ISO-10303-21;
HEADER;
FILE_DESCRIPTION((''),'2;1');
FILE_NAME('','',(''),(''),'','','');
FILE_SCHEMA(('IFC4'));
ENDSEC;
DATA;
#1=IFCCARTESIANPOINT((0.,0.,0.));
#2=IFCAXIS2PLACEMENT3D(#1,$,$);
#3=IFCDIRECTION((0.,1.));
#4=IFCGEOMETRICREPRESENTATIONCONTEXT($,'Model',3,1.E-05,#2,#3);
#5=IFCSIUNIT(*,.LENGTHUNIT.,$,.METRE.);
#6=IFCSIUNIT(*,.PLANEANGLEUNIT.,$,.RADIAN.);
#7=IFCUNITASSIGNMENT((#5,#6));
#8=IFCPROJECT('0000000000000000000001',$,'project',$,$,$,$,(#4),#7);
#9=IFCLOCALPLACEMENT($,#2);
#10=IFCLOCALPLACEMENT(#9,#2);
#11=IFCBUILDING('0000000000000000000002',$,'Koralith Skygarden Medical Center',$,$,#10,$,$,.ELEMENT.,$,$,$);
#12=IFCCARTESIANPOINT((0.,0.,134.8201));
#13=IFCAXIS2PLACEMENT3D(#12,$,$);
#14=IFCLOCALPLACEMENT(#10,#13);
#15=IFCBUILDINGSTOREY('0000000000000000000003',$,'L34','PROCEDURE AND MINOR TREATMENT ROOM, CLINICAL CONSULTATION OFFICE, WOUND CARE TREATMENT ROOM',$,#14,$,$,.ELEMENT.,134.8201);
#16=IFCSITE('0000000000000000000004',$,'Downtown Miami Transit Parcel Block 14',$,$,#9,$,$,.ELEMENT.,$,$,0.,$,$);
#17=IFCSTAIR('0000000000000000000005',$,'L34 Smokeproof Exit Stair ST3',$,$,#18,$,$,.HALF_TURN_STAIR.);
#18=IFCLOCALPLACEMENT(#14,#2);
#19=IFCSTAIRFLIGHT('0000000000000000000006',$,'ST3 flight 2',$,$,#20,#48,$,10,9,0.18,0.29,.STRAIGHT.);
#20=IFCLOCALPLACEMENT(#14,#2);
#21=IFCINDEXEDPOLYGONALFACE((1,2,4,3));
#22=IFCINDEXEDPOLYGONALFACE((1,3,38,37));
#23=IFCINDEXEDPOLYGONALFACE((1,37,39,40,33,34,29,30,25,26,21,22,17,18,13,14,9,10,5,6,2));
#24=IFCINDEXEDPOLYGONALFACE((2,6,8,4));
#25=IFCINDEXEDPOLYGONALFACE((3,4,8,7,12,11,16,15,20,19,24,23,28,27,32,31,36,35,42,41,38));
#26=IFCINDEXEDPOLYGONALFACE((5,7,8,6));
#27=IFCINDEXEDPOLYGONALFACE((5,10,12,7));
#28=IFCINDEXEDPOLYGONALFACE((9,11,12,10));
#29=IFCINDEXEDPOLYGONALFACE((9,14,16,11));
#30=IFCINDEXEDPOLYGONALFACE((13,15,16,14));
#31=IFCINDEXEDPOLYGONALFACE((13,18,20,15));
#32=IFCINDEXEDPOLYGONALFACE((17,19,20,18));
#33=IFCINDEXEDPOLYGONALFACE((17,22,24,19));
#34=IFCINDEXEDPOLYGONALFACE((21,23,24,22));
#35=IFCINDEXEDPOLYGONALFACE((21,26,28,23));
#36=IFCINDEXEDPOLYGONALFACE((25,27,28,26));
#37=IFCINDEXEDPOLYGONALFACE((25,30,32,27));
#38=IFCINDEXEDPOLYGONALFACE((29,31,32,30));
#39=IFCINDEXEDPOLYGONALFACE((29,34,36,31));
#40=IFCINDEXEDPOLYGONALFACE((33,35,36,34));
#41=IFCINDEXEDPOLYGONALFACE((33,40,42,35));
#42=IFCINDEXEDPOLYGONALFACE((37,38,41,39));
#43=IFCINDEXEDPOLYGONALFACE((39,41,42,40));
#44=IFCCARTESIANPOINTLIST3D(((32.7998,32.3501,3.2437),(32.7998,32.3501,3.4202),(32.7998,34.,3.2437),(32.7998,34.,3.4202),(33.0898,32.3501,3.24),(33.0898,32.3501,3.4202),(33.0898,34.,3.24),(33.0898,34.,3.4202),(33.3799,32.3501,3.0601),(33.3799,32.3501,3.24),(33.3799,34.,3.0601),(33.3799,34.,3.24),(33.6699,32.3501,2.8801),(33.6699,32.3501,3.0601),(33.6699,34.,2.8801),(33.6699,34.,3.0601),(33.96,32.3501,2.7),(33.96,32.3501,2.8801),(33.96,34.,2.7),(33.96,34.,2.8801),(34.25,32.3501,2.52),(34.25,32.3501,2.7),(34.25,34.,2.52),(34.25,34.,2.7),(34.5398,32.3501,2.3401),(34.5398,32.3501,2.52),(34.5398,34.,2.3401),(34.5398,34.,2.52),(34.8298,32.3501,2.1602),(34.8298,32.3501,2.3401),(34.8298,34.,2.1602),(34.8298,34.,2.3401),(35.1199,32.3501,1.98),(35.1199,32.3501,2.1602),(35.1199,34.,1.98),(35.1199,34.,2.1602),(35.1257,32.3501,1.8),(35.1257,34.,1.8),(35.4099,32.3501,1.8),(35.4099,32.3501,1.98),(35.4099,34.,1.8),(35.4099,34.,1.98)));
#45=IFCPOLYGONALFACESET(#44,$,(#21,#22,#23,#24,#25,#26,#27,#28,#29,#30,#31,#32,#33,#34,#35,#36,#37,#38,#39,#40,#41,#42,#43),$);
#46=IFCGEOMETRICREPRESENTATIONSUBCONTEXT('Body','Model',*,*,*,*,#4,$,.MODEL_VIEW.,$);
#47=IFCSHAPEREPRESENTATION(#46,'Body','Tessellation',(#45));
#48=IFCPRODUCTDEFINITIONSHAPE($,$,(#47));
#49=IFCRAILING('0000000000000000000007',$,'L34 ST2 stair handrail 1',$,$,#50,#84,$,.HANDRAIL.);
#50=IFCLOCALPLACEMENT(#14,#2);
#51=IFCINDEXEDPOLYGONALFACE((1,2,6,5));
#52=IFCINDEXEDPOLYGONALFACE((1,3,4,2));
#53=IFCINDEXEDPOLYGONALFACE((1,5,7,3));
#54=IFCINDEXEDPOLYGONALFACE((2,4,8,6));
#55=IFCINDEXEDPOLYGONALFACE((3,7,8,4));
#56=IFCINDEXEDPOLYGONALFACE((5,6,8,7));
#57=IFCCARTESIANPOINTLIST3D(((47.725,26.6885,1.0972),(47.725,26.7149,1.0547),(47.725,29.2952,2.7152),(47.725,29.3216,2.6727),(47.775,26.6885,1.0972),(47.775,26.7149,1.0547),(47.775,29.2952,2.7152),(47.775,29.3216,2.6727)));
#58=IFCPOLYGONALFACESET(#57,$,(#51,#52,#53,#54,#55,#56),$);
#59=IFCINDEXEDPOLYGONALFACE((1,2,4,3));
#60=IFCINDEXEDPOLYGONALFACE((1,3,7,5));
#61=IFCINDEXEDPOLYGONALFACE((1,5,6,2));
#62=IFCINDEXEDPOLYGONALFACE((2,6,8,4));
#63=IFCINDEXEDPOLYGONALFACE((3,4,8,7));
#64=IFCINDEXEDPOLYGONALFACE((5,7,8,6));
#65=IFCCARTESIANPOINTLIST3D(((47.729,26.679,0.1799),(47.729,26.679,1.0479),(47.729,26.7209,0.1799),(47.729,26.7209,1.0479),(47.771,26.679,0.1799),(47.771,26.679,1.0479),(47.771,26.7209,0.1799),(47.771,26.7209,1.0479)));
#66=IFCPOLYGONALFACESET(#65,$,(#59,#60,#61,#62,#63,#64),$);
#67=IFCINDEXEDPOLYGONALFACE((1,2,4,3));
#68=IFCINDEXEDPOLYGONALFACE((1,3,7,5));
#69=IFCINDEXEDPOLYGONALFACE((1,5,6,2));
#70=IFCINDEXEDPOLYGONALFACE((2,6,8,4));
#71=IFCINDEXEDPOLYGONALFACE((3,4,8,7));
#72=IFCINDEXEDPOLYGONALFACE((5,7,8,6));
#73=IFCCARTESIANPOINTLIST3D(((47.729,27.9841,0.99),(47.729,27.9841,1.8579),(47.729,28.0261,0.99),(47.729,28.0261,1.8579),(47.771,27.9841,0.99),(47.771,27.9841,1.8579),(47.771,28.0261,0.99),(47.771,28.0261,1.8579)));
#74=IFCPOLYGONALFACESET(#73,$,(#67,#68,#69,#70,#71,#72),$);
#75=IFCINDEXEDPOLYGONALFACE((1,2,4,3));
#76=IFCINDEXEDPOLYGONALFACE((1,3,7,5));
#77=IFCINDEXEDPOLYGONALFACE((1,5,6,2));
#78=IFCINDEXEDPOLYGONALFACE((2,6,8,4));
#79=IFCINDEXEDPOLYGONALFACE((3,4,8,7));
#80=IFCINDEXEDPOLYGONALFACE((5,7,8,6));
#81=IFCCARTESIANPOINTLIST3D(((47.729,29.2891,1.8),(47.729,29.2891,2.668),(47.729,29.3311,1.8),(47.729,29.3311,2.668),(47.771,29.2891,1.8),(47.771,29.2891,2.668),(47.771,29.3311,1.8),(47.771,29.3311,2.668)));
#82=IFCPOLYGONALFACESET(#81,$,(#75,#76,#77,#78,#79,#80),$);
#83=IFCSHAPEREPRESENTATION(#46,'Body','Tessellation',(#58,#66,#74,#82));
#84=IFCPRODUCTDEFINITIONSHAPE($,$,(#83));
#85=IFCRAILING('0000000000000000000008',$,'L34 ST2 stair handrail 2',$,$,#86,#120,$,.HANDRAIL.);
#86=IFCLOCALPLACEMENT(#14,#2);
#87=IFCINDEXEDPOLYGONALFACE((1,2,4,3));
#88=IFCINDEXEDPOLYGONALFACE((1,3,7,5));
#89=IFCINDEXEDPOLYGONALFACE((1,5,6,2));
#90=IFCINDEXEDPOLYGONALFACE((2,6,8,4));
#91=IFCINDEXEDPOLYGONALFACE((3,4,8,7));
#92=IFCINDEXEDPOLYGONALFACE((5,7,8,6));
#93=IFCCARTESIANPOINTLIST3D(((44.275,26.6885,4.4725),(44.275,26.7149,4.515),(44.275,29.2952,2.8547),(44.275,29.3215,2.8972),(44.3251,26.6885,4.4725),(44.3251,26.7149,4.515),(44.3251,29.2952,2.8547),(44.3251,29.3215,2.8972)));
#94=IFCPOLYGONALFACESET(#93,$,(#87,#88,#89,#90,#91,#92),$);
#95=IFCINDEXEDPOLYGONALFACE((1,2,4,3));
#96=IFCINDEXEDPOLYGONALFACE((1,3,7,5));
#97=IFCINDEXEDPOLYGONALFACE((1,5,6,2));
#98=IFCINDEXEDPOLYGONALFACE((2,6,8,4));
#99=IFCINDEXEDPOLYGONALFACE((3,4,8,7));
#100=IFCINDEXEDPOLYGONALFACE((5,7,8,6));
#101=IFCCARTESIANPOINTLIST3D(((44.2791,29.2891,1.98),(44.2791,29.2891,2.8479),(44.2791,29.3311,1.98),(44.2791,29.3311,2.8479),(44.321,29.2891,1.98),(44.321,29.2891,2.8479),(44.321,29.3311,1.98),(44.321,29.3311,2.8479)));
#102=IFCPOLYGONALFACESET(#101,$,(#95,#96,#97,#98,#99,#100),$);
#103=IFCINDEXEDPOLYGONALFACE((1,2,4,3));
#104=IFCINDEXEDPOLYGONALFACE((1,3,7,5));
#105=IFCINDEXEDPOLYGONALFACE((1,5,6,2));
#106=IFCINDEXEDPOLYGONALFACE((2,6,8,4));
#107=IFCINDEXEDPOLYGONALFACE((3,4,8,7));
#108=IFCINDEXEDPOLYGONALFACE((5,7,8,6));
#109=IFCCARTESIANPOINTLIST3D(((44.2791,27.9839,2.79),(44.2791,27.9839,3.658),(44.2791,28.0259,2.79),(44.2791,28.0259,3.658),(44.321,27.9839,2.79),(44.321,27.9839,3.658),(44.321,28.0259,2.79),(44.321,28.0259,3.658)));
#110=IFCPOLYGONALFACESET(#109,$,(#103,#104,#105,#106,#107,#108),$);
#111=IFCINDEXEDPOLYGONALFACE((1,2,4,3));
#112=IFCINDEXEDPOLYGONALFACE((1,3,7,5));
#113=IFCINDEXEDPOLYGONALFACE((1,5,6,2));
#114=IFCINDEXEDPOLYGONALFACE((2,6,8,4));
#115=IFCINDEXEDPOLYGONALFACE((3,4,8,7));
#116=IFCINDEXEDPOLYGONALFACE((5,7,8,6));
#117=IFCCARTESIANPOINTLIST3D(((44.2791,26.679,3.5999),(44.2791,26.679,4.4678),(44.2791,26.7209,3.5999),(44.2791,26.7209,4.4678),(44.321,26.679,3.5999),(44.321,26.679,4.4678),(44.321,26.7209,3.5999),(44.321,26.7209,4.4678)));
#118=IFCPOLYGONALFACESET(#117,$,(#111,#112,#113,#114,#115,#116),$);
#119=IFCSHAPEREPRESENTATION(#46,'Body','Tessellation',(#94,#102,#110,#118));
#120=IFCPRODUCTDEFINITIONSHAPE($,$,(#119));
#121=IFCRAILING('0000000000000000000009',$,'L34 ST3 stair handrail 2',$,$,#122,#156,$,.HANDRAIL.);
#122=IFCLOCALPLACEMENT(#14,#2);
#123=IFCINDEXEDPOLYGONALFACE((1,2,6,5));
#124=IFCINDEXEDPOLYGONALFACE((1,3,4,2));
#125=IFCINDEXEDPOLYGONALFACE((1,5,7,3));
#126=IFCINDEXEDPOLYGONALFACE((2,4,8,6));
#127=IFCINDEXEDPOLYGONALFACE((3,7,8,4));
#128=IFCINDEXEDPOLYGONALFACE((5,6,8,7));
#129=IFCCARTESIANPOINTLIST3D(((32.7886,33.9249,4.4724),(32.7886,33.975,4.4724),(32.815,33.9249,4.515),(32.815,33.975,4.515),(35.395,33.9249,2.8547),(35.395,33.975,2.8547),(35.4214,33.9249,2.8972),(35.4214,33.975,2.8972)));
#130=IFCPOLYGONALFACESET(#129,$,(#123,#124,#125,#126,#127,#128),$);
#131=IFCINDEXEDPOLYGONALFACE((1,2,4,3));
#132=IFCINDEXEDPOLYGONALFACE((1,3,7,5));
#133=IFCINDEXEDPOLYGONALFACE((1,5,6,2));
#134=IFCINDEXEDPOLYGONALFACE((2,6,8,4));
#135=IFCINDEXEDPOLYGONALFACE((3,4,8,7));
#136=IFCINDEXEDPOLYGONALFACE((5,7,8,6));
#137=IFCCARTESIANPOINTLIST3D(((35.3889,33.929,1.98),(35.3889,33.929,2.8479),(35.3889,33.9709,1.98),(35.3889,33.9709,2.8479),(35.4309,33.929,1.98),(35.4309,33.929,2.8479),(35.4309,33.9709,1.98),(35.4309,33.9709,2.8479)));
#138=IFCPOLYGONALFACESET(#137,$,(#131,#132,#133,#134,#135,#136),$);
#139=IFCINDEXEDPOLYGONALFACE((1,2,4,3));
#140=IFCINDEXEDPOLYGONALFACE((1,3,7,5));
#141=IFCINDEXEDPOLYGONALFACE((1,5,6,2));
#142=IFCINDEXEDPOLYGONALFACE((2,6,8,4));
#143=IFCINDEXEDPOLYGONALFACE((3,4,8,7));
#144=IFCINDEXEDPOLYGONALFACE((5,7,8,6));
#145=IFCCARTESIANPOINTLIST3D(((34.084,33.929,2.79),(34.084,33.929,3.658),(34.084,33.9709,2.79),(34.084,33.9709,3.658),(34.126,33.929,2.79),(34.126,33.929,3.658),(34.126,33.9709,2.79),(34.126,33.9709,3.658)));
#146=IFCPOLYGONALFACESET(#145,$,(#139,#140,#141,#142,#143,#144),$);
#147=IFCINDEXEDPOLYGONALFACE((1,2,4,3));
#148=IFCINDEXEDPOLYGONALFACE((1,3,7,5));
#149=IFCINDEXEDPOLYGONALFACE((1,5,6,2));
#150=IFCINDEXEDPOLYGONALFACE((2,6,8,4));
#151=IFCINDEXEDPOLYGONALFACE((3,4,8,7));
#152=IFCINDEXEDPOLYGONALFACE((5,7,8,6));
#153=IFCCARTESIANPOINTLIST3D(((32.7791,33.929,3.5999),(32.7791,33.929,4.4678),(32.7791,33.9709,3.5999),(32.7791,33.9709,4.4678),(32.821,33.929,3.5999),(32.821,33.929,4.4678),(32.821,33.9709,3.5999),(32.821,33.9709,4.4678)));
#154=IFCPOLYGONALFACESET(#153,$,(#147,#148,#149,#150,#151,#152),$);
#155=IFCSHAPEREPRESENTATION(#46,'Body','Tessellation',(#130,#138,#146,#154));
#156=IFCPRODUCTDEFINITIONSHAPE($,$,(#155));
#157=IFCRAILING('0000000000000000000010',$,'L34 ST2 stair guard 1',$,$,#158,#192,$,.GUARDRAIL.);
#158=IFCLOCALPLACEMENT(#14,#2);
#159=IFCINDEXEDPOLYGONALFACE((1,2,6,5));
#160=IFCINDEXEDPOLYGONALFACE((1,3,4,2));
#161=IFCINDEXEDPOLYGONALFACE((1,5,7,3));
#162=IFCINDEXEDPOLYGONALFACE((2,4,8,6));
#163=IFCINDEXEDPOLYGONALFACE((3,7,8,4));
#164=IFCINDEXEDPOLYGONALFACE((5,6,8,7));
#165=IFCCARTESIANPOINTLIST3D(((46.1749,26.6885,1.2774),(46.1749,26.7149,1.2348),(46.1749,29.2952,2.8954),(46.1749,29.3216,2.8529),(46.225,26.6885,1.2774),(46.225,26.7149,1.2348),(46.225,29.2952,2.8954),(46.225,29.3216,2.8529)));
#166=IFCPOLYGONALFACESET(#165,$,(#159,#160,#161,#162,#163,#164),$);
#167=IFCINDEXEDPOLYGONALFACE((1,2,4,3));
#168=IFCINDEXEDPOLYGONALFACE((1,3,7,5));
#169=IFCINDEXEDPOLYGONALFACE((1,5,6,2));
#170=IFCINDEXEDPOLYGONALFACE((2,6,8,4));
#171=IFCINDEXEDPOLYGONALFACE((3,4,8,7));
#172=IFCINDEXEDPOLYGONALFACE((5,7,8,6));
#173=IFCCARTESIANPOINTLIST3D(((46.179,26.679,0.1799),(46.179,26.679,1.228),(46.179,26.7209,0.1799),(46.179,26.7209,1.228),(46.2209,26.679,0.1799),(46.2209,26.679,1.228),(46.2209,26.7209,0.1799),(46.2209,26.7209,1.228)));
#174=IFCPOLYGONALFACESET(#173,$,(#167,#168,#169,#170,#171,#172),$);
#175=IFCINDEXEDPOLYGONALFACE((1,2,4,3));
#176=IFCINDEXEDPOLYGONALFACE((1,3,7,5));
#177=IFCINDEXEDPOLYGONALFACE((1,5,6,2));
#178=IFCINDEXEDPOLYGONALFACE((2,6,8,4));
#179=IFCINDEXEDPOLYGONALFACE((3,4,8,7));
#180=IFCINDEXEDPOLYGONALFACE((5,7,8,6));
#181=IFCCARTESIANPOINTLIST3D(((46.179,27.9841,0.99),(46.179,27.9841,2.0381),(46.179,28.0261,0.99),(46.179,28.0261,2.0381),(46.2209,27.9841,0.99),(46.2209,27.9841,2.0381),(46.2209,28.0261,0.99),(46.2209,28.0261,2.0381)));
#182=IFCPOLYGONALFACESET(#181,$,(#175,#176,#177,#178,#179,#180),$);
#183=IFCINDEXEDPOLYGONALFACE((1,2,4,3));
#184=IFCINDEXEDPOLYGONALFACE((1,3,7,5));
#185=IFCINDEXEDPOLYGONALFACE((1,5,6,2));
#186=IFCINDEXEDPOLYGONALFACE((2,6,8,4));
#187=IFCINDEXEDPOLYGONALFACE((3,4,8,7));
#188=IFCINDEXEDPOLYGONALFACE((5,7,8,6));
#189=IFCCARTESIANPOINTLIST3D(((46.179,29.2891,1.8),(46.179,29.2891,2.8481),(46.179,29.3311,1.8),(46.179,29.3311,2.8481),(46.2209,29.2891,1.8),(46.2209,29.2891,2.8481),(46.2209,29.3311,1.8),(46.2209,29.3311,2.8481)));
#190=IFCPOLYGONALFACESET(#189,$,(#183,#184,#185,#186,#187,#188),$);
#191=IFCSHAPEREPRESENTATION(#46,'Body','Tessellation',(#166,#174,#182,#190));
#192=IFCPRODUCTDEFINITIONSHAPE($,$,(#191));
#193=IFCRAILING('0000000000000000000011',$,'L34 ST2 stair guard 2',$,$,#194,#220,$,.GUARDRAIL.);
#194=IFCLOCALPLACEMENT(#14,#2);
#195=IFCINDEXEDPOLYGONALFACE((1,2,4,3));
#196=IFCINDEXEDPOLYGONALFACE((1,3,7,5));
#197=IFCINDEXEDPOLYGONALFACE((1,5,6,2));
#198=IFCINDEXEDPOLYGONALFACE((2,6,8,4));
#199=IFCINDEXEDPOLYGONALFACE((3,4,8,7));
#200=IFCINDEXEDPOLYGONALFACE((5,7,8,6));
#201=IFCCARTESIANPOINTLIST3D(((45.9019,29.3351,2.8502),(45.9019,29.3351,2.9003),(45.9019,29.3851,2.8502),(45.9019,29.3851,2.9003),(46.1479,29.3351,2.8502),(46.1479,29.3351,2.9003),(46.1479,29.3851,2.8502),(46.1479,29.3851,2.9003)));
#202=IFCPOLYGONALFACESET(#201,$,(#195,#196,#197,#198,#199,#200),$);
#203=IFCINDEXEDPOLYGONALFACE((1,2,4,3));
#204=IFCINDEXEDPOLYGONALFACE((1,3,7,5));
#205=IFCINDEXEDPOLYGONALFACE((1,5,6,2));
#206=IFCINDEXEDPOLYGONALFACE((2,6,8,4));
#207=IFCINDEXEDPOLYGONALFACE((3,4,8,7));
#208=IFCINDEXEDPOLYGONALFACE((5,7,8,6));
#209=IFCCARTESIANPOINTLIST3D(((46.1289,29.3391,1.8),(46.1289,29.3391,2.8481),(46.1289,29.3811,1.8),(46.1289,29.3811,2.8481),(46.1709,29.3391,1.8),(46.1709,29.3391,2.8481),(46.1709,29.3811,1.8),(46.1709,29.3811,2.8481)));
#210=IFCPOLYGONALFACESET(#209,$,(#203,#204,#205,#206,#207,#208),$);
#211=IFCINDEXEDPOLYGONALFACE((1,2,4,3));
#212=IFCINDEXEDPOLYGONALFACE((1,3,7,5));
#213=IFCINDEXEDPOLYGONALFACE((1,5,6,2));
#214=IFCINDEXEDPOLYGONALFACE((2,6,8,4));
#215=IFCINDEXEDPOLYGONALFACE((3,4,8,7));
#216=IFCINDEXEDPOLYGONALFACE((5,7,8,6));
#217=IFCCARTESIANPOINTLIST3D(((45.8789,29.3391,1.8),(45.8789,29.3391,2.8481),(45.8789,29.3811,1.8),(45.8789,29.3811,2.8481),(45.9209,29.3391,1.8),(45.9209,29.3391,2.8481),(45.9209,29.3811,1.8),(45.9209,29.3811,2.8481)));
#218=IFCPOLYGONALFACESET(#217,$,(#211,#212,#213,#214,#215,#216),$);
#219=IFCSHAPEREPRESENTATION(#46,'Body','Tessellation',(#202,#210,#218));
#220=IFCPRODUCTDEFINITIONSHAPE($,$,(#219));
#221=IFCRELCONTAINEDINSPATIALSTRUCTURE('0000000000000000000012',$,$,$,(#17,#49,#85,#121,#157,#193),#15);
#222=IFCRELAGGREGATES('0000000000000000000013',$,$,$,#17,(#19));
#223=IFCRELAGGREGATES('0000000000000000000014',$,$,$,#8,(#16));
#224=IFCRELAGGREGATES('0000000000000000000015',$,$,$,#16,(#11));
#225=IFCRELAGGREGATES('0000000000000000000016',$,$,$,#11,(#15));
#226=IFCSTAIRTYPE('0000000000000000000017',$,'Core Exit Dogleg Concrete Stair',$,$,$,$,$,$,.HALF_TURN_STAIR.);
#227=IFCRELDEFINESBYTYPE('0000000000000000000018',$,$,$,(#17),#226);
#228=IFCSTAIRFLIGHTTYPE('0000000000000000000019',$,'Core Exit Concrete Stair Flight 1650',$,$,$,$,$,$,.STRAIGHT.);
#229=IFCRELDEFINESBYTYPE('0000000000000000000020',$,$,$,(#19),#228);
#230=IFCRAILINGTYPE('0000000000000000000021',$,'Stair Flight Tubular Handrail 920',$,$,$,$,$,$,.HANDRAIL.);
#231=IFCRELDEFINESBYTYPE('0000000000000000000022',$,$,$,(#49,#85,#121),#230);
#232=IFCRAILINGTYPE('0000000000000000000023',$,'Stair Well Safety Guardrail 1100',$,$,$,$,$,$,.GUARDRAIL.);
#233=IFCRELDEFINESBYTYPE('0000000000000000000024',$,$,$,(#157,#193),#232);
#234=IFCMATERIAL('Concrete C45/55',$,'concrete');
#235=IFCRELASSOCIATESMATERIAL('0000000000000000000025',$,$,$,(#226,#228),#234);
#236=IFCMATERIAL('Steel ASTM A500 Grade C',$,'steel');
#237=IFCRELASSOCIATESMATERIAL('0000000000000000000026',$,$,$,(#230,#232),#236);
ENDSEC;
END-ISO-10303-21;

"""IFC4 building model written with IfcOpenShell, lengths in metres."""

from ifc_helpers import new_model, si_unit, direction, frame, origin, origin_2d, place, context, subcontext, project, spatial, polyline, rectangle, outline, extrude, material, type_object, element, aggregate, save


model = new_model("IFC4")

# Units and contexts
model_context = context("Model", 3, precision=1e-05, world=origin(), true_north=direction((0.0, 1.0)))
body_context = subcontext(model_context, "Body", "Model", "MODEL_VIEW")
ifc_project = project(units=[si_unit("LENGTHUNIT", "METRE"), si_unit("PLANEANGLEUNIT", "RADIAN")], contexts=[model_context])

# Site, building, storey
site_placement = place(None, origin())
site = spatial("IfcSite", under=ifc_project, at=site_placement, Name="Downtown Miami Transit Parcel Block 14", CompositionType="ELEMENT", RefElevation=0.0)
building_placement = place(site_placement, origin())
building = spatial("IfcBuilding", under=site, at=building_placement, Name="Koralith Skygarden Medical Center", CompositionType="ELEMENT")
storey_placement = place(building_placement, frame((0.0, 0.0, 134.8201)))
storey = spatial("IfcBuildingStorey", under=building, at=storey_placement, Name="L34", Description="PROCEDURE AND MINOR TREATMENT ROOM, CLINICAL CONSULTATION OFFICE, WOUND CARE TREATMENT ROOM", CompositionType="ELEMENT", Elevation=134.8201)

# Shared definitions
ifc_material_1 = material(Name="Steel ASTM A500 Grade C", Category="steel")

# Shared definitions
ifc_material_2 = material(Name="Concrete C45/55", Category="concrete")

# Shared definitions
stair_type = type_object("IfcStairType", Name="Core Exit Dogleg Concrete Stair", PredefinedType="HALF_TURN_STAIR", material=ifc_material_2)
stair_flight_type = type_object("IfcStairFlightType", Name="Core Exit Concrete Stair Flight 1650", PredefinedType="STRAIGHT", material=ifc_material_2)

# Stair, stair flight
stair_1_placement = place(storey_placement, origin())
stair_1 = element("IfcStair", 1, at=stair_1_placement, inside=storey, type_object=stair_type, Name="L34 Smokeproof Exit Stair ST3", PredefinedType="HALF_TURN_STAIR")
stair_flight_1_placement = place(storey_placement, frame((35.4099, 33.175, 1.8), z_axis=(0.0, 0.0, 1.0), x_axis=(-1.0, 0.0, 0.0)))
stair_flight_1 = element("IfcStairFlight", 2, at=stair_flight_1_placement, type_object=stair_flight_type, Name="ST3 flight 2", NumberOfRisers=10, NumberOfTreads=9, PredefinedType="STRAIGHT", RiserHeight=0.18, TreadLength=0.29, context=body_context, shape_type="SweptSolid", body=[
    extrude(outline(polyline([(0.0, 0.0), (0.0, 0.1799), (0.29, 0.1799), (0.29, 0.3601), (0.5801, 0.3601), (0.5801, 0.54), (0.8701, 0.54), (0.8701, 0.72), (1.1599, 0.72), (1.1599, 0.8999), (1.45, 0.8999), (1.45, 1.0801), (1.74, 1.0801), (1.74, 1.26), (2.03, 1.26), (2.03, 1.4399), (2.3201, 1.4399), (2.3201, 1.6201), (2.6101, 1.6201), (2.6101, 1.8), (2.6101, 1.4436), (0.2842, 0.0), (0.0, 0.0)])), frame((0.0, 0.825, 0.0), z_axis=(0.0, -1.0, 0.0), x_axis=(1.0, 0.0, 0.0)), (0.0, 0.0, 1.0), 1.6499),
])
aggregate(stair_1, [stair_flight_1])

# Railings
railing_type_1 = type_object("IfcRailingType", Name="Stair Flight Tubular Handrail 920", PredefinedType="HANDRAIL", material=ifc_material_1)
railing_1_placement = place(storey_placement, frame((47.75, 26.7, 0.1799)))
element("IfcRailing", 3, at=railing_1_placement, inside=storey, type_object=railing_type_1, Name="L34 ST2 stair handrail 1", PredefinedType="HANDRAIL", context=body_context, shape_type="SweptSolid", body=[
    extrude(rectangle(XDim=0.05, YDim=0.05, at=origin_2d()), frame((0.0, 0.0017, 0.896), z_axis=(0.0, 0.849633, 0.527375), x_axis=(-1.0, 0.0, 0.0)), (0.0, 0.0, 1.0), 3.0681),
    extrude(rectangle(XDim=0.042, YDim=0.042, at=origin_2d()), origin(), (0.0, 0.0, 1.0), 0.8679),
    extrude(rectangle(XDim=0.042, YDim=0.042, at=origin_2d()), frame((0.0, 1.3052, 0.8101)), (0.0, 0.0, 1.0), 0.8679),
    extrude(rectangle(XDim=0.042, YDim=0.042, at=origin_2d()), frame((0.0, 2.6101, 1.6201)), (0.0, 0.0, 1.0), 0.8679),
])
railing_2_placement = place(storey_placement, frame((44.3, 29.3101, 1.98)))
element("IfcRailing", 4, at=railing_2_placement, inside=storey, type_object=railing_type_1, Name="L34 ST2 stair handrail 2", PredefinedType="HANDRAIL", context=body_context, shape_type="SweptSolid", body=[
    extrude(rectangle(XDim=0.05, YDim=0.05, at=origin_2d()), frame((0.0, -0.0017, 0.896), z_axis=(0.0, -0.849668, 0.527317), x_axis=(1.0, 0.0, 0.0)), (0.0, 0.0, 1.0), 3.0679),
    extrude(rectangle(XDim=0.042, YDim=0.042, at=origin_2d()), origin(), (0.0, 0.0, 1.0), 0.8679),
    extrude(rectangle(XDim=0.042, YDim=0.042, at=origin_2d()), frame((0.0, -1.3052, 0.8101)), (0.0, 0.0, 1.0), 0.8679),
    extrude(rectangle(XDim=0.042, YDim=0.042, at=origin_2d()), frame((0.0, -2.6101, 1.6199)), (0.0, 0.0, 1.0), 0.8679),
])
railing_3_placement = place(storey_placement, frame((35.4099, 33.95, 1.98)))
element("IfcRailing", 5, at=railing_3_placement, inside=storey, type_object=railing_type_1, Name="L34 ST3 stair handrail 2", PredefinedType="HANDRAIL", context=body_context, shape_type="SweptSolid", body=[
    extrude(rectangle(XDim=0.05, YDim=0.05, at=origin_2d()), frame((-0.0017, 0.0, 0.896), z_axis=(-0.849646, 0.0, 0.527353), x_axis=(0.0, -1.0, 0.0)), (0.0, 0.0, 1.0), 3.0676),
    extrude(rectangle(XDim=0.042, YDim=0.042, at=origin_2d()), origin(), (0.0, 0.0, 1.0), 0.8679),
    extrude(rectangle(XDim=0.042, YDim=0.042, at=origin_2d()), frame((-1.3049, 0.0, 0.8101)), (0.0, 0.0, 1.0), 0.8679),
    extrude(rectangle(XDim=0.042, YDim=0.042, at=origin_2d()), frame((-2.6099, 0.0, 1.6199)), (0.0, 0.0, 1.0), 0.8679),
])
railing_type_2 = type_object("IfcRailingType", Name="Stair Well Safety Guardrail 1100", PredefinedType="GUARDRAIL", material=ifc_material_1)
railing_4_placement = place(storey_placement, frame((46.2, 26.7, 0.1799)))
element("IfcRailing", 6, at=railing_4_placement, inside=storey, type_object=railing_type_2, Name="L34 ST2 stair guard 1", PredefinedType="GUARDRAIL", context=body_context, shape_type="SweptSolid", body=[
    extrude(rectangle(XDim=0.05, YDim=0.05, at=origin_2d()), frame((0.0, 0.0017, 1.0762), z_axis=(0.0, 0.849633, 0.527375), x_axis=(-1.0, 0.0, 0.0)), (0.0, 0.0, 1.0), 3.0681),
    extrude(rectangle(XDim=0.042, YDim=0.042, at=origin_2d()), origin(), (0.0, 0.0, 1.0), 1.0481),
    extrude(rectangle(XDim=0.042, YDim=0.042, at=origin_2d()), frame((0.0, 1.3052, 0.8101)), (0.0, 0.0, 1.0), 1.0481),
    extrude(rectangle(XDim=0.042, YDim=0.042, at=origin_2d()), frame((0.0, 2.6101, 1.6201)), (0.0, 0.0, 1.0), 1.0481),
])
railing_5_placement = place(storey_placement, frame((46.1499, 29.3601, 1.8)))
element("IfcRailing", 7, at=railing_5_placement, inside=storey, type_object=railing_type_2, Name="L34 ST2 stair guard 2", PredefinedType="GUARDRAIL", context=body_context, shape_type="SweptSolid", body=[
    extrude(rectangle(XDim=0.05, YDim=0.05, at=origin_2d()), frame((-0.002, 0.0, 1.0752), z_axis=(-1.0, 0.0, 0.0), x_axis=(0.0, -1.0, 0.0)), (0.0, 0.0, 1.0), 0.2461),
    extrude(rectangle(XDim=0.042, YDim=0.042, at=origin_2d()), origin(), (0.0, 0.0, 1.0), 1.0481),
    extrude(rectangle(XDim=0.042, YDim=0.042, at=origin_2d()), frame((-0.25, 0.0, 0.0)), (0.0, 0.0, 1.0), 1.0481),
])

save(model, "model.ifc")
